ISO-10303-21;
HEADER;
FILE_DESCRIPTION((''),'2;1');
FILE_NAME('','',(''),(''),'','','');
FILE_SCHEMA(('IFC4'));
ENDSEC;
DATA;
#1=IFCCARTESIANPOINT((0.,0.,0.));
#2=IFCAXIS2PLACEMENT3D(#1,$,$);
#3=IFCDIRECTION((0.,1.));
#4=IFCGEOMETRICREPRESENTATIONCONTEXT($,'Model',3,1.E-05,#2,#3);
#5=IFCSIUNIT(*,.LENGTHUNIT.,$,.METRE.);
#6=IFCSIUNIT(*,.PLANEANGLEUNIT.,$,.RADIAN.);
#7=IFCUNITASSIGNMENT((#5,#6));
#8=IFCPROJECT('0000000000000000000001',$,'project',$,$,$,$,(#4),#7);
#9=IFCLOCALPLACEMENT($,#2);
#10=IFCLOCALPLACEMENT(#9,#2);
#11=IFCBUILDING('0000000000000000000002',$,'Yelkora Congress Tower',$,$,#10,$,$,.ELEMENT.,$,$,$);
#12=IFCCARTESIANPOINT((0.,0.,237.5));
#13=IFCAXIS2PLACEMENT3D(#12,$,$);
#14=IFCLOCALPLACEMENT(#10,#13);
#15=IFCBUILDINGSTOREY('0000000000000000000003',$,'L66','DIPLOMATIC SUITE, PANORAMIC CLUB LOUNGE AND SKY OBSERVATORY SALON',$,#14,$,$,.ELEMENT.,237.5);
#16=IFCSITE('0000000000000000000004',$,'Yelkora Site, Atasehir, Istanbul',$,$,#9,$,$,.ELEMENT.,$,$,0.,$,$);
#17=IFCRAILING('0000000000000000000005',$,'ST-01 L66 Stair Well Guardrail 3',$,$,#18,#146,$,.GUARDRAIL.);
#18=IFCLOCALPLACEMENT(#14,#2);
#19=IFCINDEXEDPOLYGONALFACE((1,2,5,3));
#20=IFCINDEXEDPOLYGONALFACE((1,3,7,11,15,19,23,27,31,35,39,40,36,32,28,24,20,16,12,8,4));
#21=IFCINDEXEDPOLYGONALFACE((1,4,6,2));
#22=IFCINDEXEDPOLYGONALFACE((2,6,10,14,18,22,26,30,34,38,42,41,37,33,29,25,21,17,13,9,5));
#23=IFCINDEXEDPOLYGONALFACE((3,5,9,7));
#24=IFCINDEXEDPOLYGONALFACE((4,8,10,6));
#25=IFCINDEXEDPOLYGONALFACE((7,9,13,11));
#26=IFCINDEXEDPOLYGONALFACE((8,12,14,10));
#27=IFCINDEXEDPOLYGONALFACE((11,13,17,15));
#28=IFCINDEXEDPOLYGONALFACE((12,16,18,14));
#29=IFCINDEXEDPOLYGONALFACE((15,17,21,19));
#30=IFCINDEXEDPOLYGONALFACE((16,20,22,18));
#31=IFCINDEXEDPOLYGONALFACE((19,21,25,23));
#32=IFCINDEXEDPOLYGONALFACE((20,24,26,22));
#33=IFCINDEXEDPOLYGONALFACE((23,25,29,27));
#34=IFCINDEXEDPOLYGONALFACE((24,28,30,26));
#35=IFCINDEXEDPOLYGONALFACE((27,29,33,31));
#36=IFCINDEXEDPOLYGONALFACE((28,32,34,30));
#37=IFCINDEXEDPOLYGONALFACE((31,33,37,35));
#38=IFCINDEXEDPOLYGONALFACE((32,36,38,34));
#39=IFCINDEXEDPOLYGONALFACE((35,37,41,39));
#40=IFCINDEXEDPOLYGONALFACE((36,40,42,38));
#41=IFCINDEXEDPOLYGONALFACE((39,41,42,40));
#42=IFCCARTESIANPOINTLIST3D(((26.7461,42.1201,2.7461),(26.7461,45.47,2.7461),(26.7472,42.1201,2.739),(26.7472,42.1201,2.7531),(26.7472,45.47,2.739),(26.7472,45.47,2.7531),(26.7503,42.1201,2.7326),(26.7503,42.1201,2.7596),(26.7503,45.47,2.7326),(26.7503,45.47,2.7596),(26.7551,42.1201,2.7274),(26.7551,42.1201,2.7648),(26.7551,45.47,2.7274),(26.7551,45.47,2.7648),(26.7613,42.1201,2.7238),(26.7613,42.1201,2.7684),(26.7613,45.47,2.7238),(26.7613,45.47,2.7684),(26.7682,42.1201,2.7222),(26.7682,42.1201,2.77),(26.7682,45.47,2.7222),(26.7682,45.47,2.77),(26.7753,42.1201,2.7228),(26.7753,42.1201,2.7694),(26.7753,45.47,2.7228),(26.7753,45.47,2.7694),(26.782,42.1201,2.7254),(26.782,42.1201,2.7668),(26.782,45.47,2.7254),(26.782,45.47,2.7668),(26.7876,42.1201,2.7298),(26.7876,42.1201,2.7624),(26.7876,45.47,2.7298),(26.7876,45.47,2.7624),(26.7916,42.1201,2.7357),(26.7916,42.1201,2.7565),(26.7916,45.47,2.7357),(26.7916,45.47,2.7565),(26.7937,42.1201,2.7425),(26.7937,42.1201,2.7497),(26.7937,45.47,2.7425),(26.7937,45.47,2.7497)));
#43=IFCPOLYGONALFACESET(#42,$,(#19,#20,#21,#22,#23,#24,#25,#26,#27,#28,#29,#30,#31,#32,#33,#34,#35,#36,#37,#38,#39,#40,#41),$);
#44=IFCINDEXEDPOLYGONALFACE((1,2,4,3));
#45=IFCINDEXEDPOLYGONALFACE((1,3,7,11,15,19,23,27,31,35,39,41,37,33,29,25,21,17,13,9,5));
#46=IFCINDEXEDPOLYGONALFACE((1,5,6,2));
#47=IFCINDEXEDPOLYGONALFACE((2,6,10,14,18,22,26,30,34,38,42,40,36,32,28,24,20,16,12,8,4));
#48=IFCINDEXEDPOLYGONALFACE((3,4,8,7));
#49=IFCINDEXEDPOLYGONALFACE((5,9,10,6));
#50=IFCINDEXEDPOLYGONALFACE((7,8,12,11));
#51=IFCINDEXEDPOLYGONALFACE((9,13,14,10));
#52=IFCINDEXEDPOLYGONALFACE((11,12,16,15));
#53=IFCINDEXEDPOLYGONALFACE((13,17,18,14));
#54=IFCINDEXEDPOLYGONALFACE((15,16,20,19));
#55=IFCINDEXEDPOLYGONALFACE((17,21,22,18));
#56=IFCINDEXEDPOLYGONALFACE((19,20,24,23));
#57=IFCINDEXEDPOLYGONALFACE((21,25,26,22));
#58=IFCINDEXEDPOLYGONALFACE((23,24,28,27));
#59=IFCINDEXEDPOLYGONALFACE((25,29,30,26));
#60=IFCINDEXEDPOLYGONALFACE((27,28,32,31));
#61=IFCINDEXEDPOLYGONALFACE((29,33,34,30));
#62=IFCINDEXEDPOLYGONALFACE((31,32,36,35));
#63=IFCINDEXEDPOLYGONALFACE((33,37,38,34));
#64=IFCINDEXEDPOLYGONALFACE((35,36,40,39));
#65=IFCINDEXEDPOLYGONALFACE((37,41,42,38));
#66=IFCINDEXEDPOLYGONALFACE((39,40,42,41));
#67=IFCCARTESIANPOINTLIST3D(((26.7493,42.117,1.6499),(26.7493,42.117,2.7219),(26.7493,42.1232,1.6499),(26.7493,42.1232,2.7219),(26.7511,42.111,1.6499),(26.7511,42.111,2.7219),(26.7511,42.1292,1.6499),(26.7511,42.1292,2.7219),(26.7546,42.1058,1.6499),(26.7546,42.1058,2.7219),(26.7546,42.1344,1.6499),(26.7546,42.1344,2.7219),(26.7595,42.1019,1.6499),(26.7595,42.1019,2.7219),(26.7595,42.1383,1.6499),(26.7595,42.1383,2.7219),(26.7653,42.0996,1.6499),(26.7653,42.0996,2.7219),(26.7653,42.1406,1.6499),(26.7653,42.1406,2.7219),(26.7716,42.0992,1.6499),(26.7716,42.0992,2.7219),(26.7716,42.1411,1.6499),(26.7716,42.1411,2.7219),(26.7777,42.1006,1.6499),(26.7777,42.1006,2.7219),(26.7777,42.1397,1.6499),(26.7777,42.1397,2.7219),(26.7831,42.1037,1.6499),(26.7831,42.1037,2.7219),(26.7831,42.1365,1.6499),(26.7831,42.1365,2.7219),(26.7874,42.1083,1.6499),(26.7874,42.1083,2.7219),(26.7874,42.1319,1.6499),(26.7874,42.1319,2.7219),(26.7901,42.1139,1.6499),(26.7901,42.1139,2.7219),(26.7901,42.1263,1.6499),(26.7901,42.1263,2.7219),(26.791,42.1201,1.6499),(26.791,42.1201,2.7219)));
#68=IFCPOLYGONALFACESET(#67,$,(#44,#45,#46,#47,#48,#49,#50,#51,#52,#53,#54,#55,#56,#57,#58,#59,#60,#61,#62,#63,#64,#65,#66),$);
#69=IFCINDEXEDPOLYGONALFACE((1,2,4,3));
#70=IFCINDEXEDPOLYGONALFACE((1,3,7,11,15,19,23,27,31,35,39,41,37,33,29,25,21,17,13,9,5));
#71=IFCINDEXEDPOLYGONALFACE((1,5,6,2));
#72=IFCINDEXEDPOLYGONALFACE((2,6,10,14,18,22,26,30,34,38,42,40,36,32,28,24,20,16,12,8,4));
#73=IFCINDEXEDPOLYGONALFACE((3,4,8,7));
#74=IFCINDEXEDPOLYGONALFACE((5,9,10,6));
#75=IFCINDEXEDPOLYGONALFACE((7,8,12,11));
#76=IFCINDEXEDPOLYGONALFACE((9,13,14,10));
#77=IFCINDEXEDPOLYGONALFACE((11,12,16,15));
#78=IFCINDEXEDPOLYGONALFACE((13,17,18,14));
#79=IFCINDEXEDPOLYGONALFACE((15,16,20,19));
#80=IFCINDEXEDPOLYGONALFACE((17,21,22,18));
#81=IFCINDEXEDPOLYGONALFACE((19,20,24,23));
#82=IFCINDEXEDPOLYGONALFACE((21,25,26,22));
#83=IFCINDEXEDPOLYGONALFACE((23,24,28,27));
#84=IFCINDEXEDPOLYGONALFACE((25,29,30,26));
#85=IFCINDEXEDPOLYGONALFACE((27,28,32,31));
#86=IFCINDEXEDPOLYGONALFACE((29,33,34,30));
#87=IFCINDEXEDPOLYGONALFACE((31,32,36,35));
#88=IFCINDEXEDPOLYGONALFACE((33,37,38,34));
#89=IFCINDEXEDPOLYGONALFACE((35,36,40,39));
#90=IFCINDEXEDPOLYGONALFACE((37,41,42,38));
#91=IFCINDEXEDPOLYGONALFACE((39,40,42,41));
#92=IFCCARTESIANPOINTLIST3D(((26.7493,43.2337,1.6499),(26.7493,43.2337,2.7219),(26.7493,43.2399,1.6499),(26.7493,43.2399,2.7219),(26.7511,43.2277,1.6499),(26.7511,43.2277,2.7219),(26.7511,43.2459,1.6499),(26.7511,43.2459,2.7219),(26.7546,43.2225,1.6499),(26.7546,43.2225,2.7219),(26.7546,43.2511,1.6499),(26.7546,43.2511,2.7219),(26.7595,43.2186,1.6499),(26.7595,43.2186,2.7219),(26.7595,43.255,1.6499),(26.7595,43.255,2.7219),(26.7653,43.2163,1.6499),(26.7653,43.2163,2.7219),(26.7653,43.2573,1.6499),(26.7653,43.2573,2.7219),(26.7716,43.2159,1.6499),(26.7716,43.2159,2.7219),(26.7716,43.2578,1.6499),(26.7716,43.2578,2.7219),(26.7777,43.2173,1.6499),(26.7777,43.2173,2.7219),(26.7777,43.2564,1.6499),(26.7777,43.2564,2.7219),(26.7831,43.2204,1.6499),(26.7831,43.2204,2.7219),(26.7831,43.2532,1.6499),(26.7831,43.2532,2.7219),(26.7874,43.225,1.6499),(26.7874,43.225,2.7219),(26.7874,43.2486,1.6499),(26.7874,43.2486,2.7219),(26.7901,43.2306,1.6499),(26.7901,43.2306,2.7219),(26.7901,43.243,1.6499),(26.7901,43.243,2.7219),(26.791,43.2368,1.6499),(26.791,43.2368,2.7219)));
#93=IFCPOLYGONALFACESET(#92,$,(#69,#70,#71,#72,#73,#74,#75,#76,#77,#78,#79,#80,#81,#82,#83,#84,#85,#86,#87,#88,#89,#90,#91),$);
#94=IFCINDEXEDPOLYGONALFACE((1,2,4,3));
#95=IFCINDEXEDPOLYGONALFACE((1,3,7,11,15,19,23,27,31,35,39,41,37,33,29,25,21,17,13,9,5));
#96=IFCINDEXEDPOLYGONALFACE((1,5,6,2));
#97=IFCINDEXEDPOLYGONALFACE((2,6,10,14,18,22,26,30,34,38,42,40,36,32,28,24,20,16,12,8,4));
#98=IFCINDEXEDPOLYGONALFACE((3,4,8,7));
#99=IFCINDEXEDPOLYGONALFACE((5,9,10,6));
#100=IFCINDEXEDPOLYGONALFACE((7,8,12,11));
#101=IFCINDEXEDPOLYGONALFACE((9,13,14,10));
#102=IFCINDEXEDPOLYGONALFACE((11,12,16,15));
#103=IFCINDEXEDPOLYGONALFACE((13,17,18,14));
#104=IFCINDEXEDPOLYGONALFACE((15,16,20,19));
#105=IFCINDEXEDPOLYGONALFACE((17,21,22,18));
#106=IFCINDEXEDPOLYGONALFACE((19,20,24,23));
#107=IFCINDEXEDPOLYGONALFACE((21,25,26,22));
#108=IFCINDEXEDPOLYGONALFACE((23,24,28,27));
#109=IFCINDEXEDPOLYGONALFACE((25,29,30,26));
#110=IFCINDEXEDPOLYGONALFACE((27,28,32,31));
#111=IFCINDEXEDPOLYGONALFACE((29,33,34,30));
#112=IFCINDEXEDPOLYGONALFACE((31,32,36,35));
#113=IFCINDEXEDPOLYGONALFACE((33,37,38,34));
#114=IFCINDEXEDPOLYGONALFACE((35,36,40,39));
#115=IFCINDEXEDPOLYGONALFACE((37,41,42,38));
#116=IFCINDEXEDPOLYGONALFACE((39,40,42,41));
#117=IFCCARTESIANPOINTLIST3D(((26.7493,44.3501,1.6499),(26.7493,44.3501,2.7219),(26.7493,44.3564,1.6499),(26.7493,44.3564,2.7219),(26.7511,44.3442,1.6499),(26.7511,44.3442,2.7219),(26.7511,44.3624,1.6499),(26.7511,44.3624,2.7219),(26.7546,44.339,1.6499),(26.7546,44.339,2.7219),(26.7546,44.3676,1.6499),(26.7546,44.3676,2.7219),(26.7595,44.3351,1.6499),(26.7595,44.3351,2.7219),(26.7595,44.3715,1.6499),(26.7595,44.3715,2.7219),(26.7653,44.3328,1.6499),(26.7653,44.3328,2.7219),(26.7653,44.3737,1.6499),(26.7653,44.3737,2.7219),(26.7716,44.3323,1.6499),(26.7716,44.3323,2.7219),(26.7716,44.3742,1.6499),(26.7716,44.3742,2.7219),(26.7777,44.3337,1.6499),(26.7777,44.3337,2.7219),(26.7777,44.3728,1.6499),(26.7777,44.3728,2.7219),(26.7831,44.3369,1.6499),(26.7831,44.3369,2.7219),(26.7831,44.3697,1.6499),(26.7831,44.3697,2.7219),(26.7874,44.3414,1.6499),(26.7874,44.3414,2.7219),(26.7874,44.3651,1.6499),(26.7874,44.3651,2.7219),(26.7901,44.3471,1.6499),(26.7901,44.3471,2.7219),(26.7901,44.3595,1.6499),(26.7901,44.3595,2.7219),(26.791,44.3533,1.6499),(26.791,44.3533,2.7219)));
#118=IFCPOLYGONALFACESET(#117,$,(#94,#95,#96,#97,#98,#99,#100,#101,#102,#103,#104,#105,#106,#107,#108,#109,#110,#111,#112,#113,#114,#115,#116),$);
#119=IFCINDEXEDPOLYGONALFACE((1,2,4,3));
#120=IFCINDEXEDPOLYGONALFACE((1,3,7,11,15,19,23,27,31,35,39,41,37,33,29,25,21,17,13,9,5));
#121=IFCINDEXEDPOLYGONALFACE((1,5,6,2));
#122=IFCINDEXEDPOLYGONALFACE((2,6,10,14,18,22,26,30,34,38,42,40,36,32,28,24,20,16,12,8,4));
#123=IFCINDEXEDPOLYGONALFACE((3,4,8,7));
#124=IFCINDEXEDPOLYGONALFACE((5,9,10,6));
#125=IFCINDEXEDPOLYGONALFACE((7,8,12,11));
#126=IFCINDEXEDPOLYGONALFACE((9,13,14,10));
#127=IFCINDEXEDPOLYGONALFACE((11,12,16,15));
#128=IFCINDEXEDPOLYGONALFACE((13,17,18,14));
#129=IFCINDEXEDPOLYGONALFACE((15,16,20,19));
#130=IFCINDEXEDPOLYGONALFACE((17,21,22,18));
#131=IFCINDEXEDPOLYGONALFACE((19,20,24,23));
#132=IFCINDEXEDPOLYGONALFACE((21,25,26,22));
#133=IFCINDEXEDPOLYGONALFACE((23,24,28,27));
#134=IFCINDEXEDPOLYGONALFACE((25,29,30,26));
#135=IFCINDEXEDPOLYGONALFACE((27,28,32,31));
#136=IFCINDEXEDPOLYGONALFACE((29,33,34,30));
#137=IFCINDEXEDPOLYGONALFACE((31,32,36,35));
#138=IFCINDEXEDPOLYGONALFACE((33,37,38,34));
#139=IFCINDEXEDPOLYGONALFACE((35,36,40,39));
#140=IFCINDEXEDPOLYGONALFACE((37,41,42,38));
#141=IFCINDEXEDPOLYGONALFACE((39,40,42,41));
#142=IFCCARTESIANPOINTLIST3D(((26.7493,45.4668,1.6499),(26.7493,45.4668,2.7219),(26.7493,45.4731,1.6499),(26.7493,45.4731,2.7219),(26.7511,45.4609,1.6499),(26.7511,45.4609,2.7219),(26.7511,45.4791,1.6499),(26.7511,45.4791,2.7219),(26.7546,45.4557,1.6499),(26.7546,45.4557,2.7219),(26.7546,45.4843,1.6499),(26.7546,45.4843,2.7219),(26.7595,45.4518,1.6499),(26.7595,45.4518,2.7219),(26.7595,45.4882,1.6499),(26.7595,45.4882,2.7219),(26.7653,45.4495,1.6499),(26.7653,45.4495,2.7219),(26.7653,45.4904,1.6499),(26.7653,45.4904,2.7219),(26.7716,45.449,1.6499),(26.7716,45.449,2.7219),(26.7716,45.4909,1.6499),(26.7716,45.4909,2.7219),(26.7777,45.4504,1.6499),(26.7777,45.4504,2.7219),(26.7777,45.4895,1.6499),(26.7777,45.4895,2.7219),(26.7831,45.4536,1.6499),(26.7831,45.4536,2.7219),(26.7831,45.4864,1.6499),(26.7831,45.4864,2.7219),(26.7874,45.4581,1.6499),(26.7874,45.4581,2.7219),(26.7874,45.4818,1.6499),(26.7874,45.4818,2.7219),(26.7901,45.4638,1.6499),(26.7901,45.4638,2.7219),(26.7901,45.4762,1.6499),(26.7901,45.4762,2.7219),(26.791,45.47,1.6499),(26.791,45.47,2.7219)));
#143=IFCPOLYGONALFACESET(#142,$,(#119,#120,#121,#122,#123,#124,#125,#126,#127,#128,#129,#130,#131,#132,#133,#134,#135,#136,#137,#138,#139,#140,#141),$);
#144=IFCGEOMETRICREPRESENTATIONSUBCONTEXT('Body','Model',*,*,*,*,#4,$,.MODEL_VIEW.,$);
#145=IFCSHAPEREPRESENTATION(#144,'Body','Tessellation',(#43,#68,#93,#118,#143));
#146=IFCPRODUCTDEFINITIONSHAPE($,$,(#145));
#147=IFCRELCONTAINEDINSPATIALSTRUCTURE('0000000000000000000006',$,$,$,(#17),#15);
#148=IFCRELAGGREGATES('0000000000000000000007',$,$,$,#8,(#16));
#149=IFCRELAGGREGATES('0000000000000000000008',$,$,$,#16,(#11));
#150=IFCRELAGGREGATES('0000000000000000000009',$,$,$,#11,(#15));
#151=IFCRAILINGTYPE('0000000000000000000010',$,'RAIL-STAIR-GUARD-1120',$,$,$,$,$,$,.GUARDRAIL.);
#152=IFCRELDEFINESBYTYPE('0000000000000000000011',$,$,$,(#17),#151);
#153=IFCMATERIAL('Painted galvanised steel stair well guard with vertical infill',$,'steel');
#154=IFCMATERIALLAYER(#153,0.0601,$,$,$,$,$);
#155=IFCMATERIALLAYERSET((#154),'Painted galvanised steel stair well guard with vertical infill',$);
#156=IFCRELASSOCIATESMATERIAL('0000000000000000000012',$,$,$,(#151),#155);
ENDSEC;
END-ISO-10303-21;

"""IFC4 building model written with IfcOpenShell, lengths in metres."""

from ifc_helpers import new_model, si_unit, direction, frame, origin, origin_2d, place, context, subcontext, project, spatial, circle, extrude, material, layer, layer_set, type_object, element, save


model = new_model("IFC4")

# Units and contexts
model_context = context("Model", 3, precision=1e-05, world=origin(), true_north=direction((0.0, 1.0)))
body_context = subcontext(model_context, "Body", "Model", "MODEL_VIEW")
ifc_project = project(units=[si_unit("LENGTHUNIT", "METRE"), si_unit("PLANEANGLEUNIT", "RADIAN")], contexts=[model_context])

# Site, building, storey
site_placement = place(None, origin())
site = spatial("IfcSite", under=ifc_project, at=site_placement, Name="Yelkora Site, Atasehir, Istanbul", CompositionType="ELEMENT", RefElevation=0.0)
building_placement = place(site_placement, origin())
building = spatial("IfcBuilding", under=site, at=building_placement, Name="Yelkora Congress Tower", CompositionType="ELEMENT")
storey_placement = place(building_placement, frame((0.0, 0.0, 237.5)))
storey = spatial("IfcBuildingStorey", under=building, at=storey_placement, Name="L66", Description="DIPLOMATIC SUITE, PANORAMIC CLUB LOUNGE AND SKY OBSERVATORY SALON", CompositionType="ELEMENT", Elevation=237.5)

# Railing
ifc_material_1 = material(Name="Painted galvanised steel stair well guard with vertical infill", Category="steel")
ifc_layer_1 = layer(ifc_material_1, 0.0601)
ifc_layer_set_1 = layer_set([ifc_layer_1], Name="Painted galvanised steel stair well guard with vertical infill")
railing_type = type_object("IfcRailingType", Name="RAIL-STAIR-GUARD-1120", PredefinedType="GUARDRAIL", material=ifc_layer_set_1)
railing_1_placement = place(storey_placement, frame((26.77, 42.1201, 1.6499)))
element("IfcRailing", 1, at=railing_1_placement, inside=storey, type_object=railing_type, Name="ST-01 L66 Stair Well Guardrail 3", PredefinedType="GUARDRAIL", context=body_context, shape_type="SweptSolid", body=[
    extrude(circle(Radius=0.0239, at=origin_2d()), frame((0.0, 0.0, 1.0962), z_axis=(0.0, 1.0, 0.0), x_axis=(-1.0, 0.0, 0.0)), (0.0, 0.0, 1.0), 3.3499),
    extrude(circle(Radius=0.021, at=origin_2d()), origin(), (0.0, 0.0, 1.0), 1.072),
    extrude(circle(Radius=0.021, at=origin_2d()), frame((0.0, 1.1167, 0.0)), (0.0, 0.0, 1.0), 1.072),
    extrude(circle(Radius=0.021, at=origin_2d()), frame((0.0, 2.2332, 0.0)), (0.0, 0.0, 1.0), 1.072),
    extrude(circle(Radius=0.021, at=origin_2d()), frame((0.0, 3.3499, 0.0)), (0.0, 0.0, 1.0), 1.072),
])

save(model, "model.ifc")
